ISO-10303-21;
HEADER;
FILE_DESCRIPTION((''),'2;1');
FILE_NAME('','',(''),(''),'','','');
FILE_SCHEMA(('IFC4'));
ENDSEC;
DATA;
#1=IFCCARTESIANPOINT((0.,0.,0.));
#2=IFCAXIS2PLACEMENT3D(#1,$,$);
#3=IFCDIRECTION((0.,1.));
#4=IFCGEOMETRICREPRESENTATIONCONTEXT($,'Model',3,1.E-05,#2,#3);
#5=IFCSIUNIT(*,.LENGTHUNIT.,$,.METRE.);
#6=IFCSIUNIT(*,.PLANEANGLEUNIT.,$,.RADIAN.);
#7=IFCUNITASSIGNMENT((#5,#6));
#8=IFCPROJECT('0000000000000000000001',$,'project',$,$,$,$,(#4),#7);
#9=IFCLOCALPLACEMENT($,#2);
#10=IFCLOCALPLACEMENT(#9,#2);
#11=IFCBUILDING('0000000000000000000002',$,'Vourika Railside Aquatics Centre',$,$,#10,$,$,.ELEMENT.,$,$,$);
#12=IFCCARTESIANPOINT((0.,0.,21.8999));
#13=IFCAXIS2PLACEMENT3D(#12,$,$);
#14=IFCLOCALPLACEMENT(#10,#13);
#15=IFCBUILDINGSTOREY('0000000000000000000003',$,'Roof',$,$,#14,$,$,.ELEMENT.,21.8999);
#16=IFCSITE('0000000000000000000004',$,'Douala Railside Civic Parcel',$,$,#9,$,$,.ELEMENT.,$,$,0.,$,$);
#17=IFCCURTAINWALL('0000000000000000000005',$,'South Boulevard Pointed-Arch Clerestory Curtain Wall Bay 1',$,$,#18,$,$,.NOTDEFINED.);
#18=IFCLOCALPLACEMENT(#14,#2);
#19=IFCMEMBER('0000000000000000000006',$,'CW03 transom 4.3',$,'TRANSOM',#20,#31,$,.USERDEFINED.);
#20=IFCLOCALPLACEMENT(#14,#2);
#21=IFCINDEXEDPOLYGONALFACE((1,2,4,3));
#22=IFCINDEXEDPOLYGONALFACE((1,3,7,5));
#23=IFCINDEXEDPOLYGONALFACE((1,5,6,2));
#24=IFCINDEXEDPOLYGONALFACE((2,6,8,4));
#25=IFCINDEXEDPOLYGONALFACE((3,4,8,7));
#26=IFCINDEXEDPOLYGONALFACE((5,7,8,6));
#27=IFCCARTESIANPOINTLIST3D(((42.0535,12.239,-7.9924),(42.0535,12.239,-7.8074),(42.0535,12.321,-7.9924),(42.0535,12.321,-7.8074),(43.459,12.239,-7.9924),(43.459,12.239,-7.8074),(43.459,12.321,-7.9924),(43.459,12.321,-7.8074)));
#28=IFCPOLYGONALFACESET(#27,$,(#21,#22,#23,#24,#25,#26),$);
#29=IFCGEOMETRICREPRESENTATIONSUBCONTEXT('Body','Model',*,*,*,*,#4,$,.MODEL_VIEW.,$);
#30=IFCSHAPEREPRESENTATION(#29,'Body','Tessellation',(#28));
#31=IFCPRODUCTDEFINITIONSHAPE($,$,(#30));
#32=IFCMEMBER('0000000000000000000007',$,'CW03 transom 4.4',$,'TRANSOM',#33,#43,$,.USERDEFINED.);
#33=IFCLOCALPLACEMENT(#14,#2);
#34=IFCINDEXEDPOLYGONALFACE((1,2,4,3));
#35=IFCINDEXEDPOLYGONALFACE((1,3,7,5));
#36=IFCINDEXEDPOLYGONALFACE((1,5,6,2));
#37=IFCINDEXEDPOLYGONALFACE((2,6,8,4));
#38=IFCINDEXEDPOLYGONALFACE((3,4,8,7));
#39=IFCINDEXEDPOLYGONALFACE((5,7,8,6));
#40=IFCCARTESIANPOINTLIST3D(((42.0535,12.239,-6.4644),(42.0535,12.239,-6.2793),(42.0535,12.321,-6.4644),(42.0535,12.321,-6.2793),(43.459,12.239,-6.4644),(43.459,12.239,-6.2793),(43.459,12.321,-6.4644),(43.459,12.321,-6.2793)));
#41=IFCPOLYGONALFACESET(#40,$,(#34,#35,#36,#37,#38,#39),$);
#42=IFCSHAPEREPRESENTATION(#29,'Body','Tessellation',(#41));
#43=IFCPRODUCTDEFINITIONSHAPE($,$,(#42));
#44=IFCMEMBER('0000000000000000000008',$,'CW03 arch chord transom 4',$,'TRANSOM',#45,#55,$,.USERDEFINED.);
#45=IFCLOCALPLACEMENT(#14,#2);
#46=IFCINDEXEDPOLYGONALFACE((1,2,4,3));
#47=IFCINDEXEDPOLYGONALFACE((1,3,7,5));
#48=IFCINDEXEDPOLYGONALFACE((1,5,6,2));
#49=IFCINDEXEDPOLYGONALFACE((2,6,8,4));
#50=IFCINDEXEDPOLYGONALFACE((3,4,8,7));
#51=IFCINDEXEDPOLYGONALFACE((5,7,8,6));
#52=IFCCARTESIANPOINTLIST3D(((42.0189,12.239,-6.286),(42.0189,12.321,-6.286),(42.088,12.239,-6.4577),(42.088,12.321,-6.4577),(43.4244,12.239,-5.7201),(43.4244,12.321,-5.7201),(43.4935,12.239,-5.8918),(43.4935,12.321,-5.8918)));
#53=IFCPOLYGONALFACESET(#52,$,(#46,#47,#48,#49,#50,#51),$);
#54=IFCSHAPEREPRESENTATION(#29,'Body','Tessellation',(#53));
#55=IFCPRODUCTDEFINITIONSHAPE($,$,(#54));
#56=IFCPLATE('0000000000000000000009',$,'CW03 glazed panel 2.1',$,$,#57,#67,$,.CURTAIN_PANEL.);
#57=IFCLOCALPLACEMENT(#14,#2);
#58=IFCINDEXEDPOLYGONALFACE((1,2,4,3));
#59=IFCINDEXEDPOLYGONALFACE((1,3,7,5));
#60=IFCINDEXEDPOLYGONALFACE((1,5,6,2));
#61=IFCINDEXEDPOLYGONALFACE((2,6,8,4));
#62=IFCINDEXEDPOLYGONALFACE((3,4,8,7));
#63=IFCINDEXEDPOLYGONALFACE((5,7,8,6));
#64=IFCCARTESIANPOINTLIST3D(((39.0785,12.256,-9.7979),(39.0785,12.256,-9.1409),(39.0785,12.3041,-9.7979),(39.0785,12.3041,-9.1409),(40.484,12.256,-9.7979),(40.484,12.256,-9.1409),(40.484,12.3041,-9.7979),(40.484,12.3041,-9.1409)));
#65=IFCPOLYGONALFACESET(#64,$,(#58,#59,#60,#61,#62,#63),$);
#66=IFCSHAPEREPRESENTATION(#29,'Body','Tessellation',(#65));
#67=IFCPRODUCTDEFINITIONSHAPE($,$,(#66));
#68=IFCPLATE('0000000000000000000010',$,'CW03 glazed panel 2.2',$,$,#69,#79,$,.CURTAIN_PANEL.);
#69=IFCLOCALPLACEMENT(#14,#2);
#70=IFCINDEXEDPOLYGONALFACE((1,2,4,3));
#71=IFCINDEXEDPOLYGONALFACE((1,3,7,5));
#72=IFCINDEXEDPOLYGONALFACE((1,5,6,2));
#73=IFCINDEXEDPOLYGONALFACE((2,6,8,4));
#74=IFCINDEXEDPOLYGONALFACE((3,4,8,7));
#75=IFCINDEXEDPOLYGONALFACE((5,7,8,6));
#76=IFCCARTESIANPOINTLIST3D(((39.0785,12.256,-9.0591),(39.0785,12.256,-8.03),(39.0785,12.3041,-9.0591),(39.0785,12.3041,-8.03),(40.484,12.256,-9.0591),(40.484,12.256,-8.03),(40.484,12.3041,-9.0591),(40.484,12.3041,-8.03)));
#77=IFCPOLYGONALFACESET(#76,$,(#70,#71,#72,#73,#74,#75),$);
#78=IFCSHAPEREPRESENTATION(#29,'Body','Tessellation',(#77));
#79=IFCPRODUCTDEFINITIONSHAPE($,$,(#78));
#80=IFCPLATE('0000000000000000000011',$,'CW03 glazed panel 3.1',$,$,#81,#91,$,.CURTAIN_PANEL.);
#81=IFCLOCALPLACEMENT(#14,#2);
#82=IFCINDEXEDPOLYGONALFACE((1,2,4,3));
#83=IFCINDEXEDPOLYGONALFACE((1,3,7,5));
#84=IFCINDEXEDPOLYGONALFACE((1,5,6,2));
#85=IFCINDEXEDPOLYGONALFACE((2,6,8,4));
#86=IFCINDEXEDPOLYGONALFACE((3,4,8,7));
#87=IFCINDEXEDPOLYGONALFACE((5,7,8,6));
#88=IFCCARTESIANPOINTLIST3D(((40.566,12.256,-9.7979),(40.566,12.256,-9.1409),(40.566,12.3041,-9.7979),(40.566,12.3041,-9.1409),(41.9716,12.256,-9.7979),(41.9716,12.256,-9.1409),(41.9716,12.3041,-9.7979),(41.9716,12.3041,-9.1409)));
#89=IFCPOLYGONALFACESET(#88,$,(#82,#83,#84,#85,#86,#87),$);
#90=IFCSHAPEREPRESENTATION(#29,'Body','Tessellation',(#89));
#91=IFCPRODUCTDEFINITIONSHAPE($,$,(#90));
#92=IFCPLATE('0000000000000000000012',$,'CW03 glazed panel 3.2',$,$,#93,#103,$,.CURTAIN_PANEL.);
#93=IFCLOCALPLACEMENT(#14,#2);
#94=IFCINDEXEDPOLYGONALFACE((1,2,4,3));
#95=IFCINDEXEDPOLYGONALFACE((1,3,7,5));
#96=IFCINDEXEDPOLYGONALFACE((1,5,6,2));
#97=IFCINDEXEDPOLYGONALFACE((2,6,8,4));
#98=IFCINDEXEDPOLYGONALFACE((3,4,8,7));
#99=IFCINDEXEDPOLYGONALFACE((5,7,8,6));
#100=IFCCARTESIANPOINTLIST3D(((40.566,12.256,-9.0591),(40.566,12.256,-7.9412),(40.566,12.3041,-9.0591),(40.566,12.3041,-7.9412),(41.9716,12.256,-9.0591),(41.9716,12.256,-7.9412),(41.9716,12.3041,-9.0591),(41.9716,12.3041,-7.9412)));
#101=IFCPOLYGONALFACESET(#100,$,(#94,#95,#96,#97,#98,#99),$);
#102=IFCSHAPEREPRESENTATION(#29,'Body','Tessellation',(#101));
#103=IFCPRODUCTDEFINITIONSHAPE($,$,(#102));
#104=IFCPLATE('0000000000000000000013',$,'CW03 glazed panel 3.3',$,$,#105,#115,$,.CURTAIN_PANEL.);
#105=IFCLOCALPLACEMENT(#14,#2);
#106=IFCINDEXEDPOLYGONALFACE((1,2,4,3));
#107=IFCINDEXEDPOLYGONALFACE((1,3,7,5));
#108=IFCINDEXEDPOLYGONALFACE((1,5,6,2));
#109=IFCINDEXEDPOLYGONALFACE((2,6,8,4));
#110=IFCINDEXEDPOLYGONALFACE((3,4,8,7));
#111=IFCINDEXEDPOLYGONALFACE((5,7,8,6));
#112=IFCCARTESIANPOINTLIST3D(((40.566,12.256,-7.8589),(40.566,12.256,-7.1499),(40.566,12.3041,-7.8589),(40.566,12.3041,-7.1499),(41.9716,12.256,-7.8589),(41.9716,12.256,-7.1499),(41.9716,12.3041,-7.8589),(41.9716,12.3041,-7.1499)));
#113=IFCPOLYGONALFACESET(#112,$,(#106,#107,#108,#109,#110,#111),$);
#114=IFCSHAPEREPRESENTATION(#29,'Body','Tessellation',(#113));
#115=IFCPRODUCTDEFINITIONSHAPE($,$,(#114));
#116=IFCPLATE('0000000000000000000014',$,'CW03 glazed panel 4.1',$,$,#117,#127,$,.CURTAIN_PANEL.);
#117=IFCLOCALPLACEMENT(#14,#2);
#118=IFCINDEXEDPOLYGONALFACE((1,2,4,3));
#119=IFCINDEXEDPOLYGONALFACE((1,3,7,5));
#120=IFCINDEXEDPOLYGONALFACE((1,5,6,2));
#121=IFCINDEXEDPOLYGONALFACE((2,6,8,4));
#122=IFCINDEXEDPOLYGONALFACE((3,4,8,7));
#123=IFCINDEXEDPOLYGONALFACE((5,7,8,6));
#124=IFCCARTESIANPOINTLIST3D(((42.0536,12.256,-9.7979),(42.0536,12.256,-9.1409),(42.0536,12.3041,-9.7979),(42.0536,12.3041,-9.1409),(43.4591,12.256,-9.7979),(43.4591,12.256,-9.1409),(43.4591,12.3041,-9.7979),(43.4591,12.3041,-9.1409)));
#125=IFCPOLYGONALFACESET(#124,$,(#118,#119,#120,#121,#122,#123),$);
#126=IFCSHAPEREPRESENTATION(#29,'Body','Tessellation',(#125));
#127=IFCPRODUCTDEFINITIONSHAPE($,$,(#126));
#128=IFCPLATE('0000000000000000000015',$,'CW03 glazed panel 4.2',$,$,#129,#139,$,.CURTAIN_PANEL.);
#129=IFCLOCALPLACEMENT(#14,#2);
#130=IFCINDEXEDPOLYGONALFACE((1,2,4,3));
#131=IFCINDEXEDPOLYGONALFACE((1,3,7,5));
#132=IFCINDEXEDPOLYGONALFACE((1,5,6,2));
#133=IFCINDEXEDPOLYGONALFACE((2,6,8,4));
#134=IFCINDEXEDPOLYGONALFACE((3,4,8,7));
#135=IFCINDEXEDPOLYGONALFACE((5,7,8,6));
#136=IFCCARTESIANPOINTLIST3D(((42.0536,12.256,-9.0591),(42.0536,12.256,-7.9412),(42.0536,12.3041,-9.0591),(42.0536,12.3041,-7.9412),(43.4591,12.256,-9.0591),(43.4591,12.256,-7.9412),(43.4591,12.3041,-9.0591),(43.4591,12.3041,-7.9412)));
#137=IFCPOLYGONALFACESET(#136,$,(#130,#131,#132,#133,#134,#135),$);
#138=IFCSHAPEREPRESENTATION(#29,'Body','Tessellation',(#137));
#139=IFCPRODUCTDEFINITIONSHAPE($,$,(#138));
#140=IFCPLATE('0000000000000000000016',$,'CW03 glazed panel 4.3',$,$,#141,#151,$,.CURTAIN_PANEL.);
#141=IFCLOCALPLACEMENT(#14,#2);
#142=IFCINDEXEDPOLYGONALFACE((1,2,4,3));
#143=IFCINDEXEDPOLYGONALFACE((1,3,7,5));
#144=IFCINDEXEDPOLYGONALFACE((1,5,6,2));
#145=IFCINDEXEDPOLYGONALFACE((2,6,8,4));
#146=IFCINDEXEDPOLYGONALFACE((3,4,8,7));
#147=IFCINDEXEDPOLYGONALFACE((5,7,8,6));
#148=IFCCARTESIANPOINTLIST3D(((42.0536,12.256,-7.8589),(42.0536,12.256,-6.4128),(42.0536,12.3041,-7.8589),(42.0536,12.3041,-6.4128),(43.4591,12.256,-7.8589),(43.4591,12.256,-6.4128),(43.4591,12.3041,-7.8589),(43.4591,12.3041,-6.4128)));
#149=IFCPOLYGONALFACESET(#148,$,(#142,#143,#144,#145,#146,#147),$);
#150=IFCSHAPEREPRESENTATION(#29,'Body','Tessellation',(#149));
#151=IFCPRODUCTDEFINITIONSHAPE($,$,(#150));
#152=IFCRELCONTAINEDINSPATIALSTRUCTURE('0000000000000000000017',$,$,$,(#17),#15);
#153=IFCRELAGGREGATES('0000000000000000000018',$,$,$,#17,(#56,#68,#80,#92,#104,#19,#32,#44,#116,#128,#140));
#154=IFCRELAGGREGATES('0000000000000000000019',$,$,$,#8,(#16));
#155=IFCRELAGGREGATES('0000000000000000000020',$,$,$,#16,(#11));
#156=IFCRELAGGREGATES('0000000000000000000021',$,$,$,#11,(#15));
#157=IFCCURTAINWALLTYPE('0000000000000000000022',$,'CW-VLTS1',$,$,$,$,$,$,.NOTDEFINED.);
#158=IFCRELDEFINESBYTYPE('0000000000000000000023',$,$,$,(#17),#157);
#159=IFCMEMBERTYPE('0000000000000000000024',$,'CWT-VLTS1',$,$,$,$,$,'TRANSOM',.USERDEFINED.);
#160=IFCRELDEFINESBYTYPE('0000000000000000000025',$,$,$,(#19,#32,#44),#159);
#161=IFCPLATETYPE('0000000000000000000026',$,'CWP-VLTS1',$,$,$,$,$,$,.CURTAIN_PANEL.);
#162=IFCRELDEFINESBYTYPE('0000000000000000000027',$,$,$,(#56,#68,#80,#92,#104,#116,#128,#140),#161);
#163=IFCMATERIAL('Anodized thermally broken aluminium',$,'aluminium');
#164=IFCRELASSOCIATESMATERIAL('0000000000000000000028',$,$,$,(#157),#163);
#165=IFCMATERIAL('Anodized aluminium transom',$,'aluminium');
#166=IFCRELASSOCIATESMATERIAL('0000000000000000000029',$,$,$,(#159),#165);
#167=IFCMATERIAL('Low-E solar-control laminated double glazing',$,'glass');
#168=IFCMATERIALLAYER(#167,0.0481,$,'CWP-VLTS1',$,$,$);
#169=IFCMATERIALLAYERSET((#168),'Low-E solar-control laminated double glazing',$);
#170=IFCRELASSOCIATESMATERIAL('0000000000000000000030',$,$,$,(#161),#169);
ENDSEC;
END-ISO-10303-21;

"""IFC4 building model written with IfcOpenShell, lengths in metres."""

from ifc_helpers import new_model, si_unit, direction, frame, origin, origin_2d, place, context, subcontext, project, spatial, rectangle, extrude, material, layer, layer_set, material_profile, profile_set, type_object, element, aggregate, save


model = new_model("IFC4")

# Units and contexts
model_context = context("Model", 3, precision=1e-05, world=origin(), true_north=direction((0.0, 1.0)))
body_context = subcontext(model_context, "Body", "Model", "MODEL_VIEW")
ifc_project = project(units=[si_unit("LENGTHUNIT", "METRE"), si_unit("PLANEANGLEUNIT", "RADIAN")], contexts=[model_context])

# Site, building, storey
site_placement = place(None, origin())
site = spatial("IfcSite", under=ifc_project, at=site_placement, Name="Douala Railside Civic Parcel", CompositionType="ELEMENT", RefElevation=0.0)
building_placement = place(site_placement, origin())
building = spatial("IfcBuilding", under=site, at=building_placement, Name="Vourika Railside Aquatics Centre", CompositionType="ELEMENT")
storey_placement = place(building_placement, frame((0.0, 0.0, 21.8999)))
storey = spatial("IfcBuildingStorey", under=building, at=storey_placement, Name="Roof", CompositionType="ELEMENT", Elevation=21.8999)

# Curtain wall, members, plates
ifc_material_1 = material(Name="Anodized thermally broken aluminium", Category="aluminium")
curtain_wall_type = type_object("IfcCurtainWallType", Name="CW-VLTS1", PredefinedType="NOTDEFINED", material=ifc_material_1)
curtain_wall_placement = place(storey_placement, origin())
curtain_wall = element("IfcCurtainWall", 1, at=curtain_wall_placement, inside=storey, type_object=curtain_wall_type, Name="South Boulevard Pointed-Arch Clerestory Curtain Wall Bay 1", PredefinedType="NOTDEFINED")
ifc_material_2 = material(Name="Anodized aluminium transom", Category="aluminium")
ifc_material_profile_1 = material_profile(ifc_material_2, rectangle(XDim=0.082, YDim=0.1851, at=origin_2d()), Name="ALU-T 82x185")
ifc_profile_set_1 = profile_set([ifc_material_profile_1], Name="Anodized aluminium transom")
member_type_1 = type_object("IfcMemberType", Name="CWT-VLTS1", ElementType="TRANSOM", PredefinedType="USERDEFINED", material=ifc_profile_set_1)
member_1_placement = place(storey_placement, frame((42.0535, 12.28, -7.8999), z_axis=(1.0, 0.0, 0.0), x_axis=(0.0, 1.0, 0.0)))
member_1 = element("IfcMember", 2, at=member_1_placement, type_object=member_type_1, Name="CW03 transom 4.3", ObjectType="TRANSOM", PredefinedType="USERDEFINED", context=body_context, shape_type="SweptSolid", body=[
    extrude(rectangle(XDim=0.082, YDim=0.1851, at=origin_2d()), origin(), (0.0, 0.0, 1.0), 1.4055),
])
member_2_placement = place(storey_placement, frame((42.0535, 12.28, -6.3718), z_axis=(1.0, 0.0, 0.0), x_axis=(0.0, 1.0, 0.0)))
member_2 = element("IfcMember", 3, at=member_2_placement, type_object=member_type_1, Name="CW03 transom 4.4", ObjectType="TRANSOM", PredefinedType="USERDEFINED", context=body_context, shape_type="SweptSolid", body=[
    extrude(rectangle(XDim=0.082, YDim=0.1851, at=origin_2d()), origin(), (0.0, 0.0, 1.0), 1.4055),
])
member_3_placement = place(storey_placement, frame((42.0535, 12.28, -6.3718), z_axis=(0.92763, 0.0, 0.373501), x_axis=(0.0, 1.0, 0.0)))
member_3 = element("IfcMember", 4, at=member_3_placement, type_object=member_type_1, Name="CW03 arch chord transom 4", ObjectType="TRANSOM", PredefinedType="USERDEFINED", context=body_context, shape_type="SweptSolid", body=[
    extrude(rectangle(XDim=0.082, YDim=0.1851, at=origin_2d()), origin(), (0.0, 0.0, 1.0), 1.5151),
])
ifc_material_3 = material(Name="Low-E solar-control laminated double glazing", Category="glass")
ifc_layer = layer(ifc_material_3, 0.0481, Name="CWP-VLTS1")
ifc_layer_set = layer_set([ifc_layer], Name="Low-E solar-control laminated double glazing")
plate_type = type_object("IfcPlateType", Name="CWP-VLTS1", PredefinedType="CURTAIN_PANEL", material=ifc_layer_set)
plate_1_placement = place(storey_placement, frame((39.7812, 12.28, -9.7979), z_axis=(0.0, 0.0, 1.0), x_axis=(1.0, 0.0, 0.0)))
plate_1 = element("IfcPlate", 5, at=plate_1_placement, type_object=plate_type, Name="CW03 glazed panel 2.1", PredefinedType="CURTAIN_PANEL", context=body_context, shape_type="SweptSolid", body=[
    extrude(rectangle(XDim=1.4055, YDim=0.0481, at=origin_2d()), origin(), (0.0, 0.0, 1.0), 0.657),
])
plate_2_placement = place(storey_placement, frame((39.7812, 12.28, -9.0591), z_axis=(0.0, 0.0, 1.0), x_axis=(1.0, 0.0, 0.0)))
plate_2 = element("IfcPlate", 6, at=plate_2_placement, type_object=plate_type, Name="CW03 glazed panel 2.2", PredefinedType="CURTAIN_PANEL", context=body_context, shape_type="SweptSolid", body=[
    extrude(rectangle(XDim=1.4055, YDim=0.0481, at=origin_2d()), origin(), (0.0, 0.0, 1.0), 1.0291),
])
plate_3_placement = place(storey_placement, frame((41.2688, 12.28, -9.7979), z_axis=(0.0, 0.0, 1.0), x_axis=(1.0, 0.0, 0.0)))
plate_3 = element("IfcPlate", 7, at=plate_3_placement, type_object=plate_type, Name="CW03 glazed panel 3.1", PredefinedType="CURTAIN_PANEL", context=body_context, shape_type="SweptSolid", body=[
    extrude(rectangle(XDim=1.4055, YDim=0.0481, at=origin_2d()), origin(), (0.0, 0.0, 1.0), 0.657),
])
plate_4_placement = place(storey_placement, frame((41.2688, 12.28, -9.0591), z_axis=(0.0, 0.0, 1.0), x_axis=(1.0, 0.0, 0.0)))
plate_4 = element("IfcPlate", 8, at=plate_4_placement, type_object=plate_type, Name="CW03 glazed panel 3.2", PredefinedType="CURTAIN_PANEL", context=body_context, shape_type="SweptSolid", body=[
    extrude(rectangle(XDim=1.4055, YDim=0.0481, at=origin_2d()), origin(), (0.0, 0.0, 1.0), 1.1179),
])
plate_5_placement = place(storey_placement, frame((41.2688, 12.28, -7.8589), z_axis=(0.0, 0.0, 1.0), x_axis=(1.0, 0.0, 0.0)))
plate_5 = element("IfcPlate", 9, at=plate_5_placement, type_object=plate_type, Name="CW03 glazed panel 3.3", PredefinedType="CURTAIN_PANEL", context=body_context, shape_type="SweptSolid", body=[
    extrude(rectangle(XDim=1.4055, YDim=0.0481, at=origin_2d()), origin(), (0.0, 0.0, 1.0), 0.709),
])
plate_6_placement = place(storey_placement, frame((42.7563, 12.28, -9.7979), z_axis=(0.0, 0.0, 1.0), x_axis=(1.0, 0.0, 0.0)))
plate_6 = element("IfcPlate", 10, at=plate_6_placement, type_object=plate_type, Name="CW03 glazed panel 4.1", PredefinedType="CURTAIN_PANEL", context=body_context, shape_type="SweptSolid", body=[
    extrude(rectangle(XDim=1.4055, YDim=0.0481, at=origin_2d()), origin(), (0.0, 0.0, 1.0), 0.657),
])
plate_7_placement = place(storey_placement, frame((42.7563, 12.28, -9.0591), z_axis=(0.0, 0.0, 1.0), x_axis=(1.0, 0.0, 0.0)))
plate_7 = element("IfcPlate", 11, at=plate_7_placement, type_object=plate_type, Name="CW03 glazed panel 4.2", PredefinedType="CURTAIN_PANEL", context=body_context, shape_type="SweptSolid", body=[
    extrude(rectangle(XDim=1.4055, YDim=0.0481, at=origin_2d()), origin(), (0.0, 0.0, 1.0), 1.1179),
])
plate_8_placement = place(storey_placement, frame((42.7563, 12.28, -7.8589), z_axis=(0.0, 0.0, 1.0), x_axis=(1.0, 0.0, 0.0)))
plate_8 = element("IfcPlate", 12, at=plate_8_placement, type_object=plate_type, Name="CW03 glazed panel 4.3", PredefinedType="CURTAIN_PANEL", context=body_context, shape_type="SweptSolid", body=[
    extrude(rectangle(XDim=1.4055, YDim=0.0481, at=origin_2d()), origin(), (0.0, 0.0, 1.0), 1.446),
])
aggregate(curtain_wall, [plate_1, plate_2, plate_3, plate_4, plate_5, member_1, member_2, member_3, plate_6, plate_7, plate_8])

save(model, "model.ifc")
